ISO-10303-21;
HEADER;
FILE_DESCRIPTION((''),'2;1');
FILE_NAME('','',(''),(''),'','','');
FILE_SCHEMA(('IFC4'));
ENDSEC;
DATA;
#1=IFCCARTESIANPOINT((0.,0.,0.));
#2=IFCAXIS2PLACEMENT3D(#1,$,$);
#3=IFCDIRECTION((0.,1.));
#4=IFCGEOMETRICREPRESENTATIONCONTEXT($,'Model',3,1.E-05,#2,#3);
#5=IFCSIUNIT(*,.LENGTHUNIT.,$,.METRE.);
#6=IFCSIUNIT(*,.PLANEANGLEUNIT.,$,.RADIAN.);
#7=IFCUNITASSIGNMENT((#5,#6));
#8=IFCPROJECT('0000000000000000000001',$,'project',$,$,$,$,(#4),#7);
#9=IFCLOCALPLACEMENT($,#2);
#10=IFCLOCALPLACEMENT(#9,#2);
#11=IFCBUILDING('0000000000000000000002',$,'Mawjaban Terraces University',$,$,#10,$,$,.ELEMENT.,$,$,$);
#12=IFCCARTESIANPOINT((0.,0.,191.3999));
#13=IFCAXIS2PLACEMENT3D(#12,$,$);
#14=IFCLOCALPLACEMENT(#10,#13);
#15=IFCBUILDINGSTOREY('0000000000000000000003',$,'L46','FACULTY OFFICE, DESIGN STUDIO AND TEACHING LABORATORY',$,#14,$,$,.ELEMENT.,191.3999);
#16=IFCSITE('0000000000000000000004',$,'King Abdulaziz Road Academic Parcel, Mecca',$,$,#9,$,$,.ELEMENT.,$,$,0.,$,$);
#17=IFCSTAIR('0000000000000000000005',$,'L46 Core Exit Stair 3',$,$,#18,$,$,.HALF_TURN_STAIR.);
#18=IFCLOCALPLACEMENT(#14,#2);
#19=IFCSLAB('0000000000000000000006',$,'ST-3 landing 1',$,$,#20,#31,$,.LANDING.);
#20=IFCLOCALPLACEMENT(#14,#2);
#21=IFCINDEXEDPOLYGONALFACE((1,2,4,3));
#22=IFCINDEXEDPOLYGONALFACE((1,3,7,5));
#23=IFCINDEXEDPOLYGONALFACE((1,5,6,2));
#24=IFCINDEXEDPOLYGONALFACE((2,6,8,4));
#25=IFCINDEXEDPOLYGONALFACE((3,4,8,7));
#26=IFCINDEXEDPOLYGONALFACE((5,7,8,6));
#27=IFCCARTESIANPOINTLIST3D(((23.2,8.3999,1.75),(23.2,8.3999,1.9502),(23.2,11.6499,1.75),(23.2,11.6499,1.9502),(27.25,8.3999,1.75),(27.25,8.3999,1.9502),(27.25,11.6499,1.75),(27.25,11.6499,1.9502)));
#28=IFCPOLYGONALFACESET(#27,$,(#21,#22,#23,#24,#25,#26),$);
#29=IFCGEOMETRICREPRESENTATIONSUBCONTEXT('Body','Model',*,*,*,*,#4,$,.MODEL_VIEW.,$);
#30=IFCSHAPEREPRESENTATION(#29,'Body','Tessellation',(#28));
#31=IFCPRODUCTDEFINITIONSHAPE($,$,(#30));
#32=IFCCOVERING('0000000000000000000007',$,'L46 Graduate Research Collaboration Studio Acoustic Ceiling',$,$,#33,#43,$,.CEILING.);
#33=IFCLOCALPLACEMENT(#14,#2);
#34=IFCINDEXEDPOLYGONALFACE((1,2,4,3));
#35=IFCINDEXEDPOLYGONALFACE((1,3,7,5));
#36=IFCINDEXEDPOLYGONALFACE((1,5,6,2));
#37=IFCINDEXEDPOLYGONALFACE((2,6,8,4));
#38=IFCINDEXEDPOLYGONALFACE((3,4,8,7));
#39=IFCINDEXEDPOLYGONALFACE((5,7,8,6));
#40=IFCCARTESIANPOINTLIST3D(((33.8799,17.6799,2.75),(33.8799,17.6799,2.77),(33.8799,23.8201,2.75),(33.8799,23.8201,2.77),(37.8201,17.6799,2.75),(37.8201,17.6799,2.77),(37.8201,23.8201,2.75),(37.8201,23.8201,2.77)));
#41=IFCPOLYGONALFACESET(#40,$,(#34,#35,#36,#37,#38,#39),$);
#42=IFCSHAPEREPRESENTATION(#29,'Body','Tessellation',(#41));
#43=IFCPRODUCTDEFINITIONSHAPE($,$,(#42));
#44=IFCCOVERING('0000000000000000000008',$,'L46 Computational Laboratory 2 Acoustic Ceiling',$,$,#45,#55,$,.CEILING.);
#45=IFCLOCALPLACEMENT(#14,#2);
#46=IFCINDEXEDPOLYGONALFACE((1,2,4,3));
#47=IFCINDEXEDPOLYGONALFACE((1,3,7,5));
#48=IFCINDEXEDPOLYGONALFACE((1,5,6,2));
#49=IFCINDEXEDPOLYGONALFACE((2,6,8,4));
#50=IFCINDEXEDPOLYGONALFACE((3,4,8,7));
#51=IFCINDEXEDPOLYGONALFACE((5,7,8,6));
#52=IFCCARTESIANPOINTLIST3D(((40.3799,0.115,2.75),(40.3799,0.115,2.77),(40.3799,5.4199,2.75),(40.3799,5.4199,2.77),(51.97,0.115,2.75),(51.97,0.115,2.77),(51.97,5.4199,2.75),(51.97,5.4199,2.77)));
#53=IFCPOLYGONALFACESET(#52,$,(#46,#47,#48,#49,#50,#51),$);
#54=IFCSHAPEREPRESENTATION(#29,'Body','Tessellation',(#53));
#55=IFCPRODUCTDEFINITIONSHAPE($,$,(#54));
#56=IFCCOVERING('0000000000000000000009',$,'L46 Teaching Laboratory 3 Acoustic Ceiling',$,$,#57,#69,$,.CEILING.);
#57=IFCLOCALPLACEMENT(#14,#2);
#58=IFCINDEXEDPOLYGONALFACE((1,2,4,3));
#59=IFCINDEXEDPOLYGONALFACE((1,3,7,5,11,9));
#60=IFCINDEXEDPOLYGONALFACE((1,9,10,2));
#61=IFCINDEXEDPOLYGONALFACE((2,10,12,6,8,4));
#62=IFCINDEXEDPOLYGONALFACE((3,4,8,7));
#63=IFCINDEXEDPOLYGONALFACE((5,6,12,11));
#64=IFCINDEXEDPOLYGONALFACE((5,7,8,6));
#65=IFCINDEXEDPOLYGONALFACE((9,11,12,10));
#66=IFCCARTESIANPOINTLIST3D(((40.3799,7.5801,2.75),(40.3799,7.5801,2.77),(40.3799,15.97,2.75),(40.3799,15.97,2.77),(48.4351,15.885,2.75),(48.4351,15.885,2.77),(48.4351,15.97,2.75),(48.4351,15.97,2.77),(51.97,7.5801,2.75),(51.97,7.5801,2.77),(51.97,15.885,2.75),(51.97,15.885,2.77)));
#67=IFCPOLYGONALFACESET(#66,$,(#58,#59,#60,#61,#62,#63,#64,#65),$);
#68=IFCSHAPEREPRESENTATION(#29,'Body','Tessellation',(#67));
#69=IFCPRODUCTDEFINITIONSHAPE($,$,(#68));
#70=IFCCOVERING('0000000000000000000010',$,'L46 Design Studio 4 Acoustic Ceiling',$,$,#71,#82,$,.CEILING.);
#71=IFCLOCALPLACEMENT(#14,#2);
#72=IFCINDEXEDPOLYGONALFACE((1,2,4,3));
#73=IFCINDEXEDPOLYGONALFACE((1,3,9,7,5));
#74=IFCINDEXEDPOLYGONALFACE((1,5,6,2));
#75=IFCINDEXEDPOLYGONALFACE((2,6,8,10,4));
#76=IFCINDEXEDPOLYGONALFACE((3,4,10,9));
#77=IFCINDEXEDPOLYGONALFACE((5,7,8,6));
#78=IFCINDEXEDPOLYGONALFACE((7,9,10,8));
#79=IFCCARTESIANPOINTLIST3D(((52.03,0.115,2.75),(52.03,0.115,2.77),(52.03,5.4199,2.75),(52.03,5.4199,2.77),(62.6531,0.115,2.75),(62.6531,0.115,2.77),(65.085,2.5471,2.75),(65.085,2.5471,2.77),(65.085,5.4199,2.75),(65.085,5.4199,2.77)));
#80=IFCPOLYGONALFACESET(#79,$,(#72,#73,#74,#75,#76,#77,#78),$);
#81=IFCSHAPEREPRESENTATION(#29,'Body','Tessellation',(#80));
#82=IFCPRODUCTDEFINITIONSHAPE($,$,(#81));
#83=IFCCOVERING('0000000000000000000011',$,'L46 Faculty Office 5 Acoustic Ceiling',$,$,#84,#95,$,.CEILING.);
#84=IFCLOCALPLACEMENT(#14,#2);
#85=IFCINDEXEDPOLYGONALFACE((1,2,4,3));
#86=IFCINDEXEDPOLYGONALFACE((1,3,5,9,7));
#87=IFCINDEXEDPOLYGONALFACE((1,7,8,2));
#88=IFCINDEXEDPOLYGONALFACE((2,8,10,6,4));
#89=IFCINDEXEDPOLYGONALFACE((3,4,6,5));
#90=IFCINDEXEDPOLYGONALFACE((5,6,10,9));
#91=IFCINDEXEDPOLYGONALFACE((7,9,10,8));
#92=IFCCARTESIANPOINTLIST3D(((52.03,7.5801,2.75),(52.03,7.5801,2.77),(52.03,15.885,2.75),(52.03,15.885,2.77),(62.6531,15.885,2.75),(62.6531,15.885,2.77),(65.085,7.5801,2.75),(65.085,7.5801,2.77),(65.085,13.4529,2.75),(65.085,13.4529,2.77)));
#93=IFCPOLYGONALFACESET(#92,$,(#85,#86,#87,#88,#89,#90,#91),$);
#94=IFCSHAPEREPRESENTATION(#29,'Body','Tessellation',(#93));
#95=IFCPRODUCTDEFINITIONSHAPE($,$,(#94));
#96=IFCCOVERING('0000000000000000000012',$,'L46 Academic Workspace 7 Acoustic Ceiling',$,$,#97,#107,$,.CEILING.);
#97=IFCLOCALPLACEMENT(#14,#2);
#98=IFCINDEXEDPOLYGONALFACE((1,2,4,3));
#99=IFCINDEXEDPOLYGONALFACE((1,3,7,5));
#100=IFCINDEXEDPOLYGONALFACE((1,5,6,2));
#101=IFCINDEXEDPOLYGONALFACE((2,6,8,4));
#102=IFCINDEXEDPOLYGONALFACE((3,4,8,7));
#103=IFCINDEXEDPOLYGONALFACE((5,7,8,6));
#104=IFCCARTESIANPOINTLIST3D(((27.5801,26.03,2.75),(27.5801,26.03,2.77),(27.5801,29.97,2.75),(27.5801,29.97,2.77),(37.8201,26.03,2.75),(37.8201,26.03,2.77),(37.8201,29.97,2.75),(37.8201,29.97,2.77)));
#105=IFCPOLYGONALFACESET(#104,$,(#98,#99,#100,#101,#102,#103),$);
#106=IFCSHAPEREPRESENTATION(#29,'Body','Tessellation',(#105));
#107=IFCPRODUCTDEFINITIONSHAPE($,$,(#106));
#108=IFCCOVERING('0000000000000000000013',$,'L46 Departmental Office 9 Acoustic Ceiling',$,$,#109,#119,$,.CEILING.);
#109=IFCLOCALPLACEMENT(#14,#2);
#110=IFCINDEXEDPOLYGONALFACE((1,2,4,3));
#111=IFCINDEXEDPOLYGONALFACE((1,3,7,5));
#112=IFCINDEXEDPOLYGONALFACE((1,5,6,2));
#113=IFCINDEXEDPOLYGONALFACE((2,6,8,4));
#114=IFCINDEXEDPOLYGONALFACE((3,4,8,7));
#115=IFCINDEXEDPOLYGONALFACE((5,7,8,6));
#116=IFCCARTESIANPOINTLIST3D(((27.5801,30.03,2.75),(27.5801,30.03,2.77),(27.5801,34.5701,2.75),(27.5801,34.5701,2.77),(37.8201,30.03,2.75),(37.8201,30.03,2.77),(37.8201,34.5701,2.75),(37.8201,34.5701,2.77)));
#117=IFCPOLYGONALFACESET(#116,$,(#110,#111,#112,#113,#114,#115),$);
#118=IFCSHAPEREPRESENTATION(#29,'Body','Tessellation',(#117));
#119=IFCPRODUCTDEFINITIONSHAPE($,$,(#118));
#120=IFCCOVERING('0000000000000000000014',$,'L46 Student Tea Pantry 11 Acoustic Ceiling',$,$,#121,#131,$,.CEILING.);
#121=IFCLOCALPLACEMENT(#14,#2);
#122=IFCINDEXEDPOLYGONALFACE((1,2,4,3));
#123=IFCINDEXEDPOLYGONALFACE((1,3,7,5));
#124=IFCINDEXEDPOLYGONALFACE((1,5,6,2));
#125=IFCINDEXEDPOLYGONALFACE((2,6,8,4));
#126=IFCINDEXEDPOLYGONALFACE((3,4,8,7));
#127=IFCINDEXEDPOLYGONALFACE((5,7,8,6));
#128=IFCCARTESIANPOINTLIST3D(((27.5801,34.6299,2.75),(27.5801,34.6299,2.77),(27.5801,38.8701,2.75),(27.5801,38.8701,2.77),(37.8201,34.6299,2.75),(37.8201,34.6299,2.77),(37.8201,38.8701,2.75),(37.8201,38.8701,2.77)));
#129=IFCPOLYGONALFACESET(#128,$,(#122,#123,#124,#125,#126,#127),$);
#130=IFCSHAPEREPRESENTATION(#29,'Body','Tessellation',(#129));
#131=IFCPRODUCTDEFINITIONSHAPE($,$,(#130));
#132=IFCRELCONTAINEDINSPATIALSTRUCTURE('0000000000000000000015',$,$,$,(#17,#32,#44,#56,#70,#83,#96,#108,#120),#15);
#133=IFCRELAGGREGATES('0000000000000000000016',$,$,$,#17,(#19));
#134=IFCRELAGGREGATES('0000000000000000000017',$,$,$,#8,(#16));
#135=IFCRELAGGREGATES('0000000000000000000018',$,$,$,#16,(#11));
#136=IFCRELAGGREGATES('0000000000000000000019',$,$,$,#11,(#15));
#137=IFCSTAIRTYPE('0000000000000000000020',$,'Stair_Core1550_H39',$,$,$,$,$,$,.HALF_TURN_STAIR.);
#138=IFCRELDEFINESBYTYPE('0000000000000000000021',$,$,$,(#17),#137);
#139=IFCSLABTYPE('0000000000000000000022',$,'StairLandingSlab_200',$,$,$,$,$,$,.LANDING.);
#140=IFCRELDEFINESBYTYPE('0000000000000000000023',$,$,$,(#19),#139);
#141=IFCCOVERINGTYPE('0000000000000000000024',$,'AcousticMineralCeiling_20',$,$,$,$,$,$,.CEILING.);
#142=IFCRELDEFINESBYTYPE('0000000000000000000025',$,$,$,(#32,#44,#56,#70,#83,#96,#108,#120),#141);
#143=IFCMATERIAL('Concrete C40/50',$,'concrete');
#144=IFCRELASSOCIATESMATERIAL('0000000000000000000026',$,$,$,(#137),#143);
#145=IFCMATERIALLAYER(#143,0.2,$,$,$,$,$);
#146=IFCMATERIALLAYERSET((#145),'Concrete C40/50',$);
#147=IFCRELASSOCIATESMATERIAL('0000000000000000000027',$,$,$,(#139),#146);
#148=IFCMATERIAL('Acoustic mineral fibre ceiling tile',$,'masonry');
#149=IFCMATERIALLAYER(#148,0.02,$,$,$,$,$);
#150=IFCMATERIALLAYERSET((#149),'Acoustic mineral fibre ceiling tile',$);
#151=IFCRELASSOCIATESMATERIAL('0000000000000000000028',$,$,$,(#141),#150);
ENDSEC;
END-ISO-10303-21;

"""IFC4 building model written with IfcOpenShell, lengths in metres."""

from ifc_helpers import new_model, si_unit, direction, frame, origin, place, context, subcontext, project, spatial, polyline, outline, extrude, material, layer, layer_set, type_object, element, aggregate, save


model = new_model("IFC4")

# Units and contexts
model_context = context("Model", 3, precision=1e-05, world=origin(), true_north=direction((0.0, 1.0)))
body_context = subcontext(model_context, "Body", "Model", "MODEL_VIEW")
ifc_project = project(units=[si_unit("LENGTHUNIT", "METRE"), si_unit("PLANEANGLEUNIT", "RADIAN")], contexts=[model_context])

# Site, building, storey
site_placement = place(None, origin())
site = spatial("IfcSite", under=ifc_project, at=site_placement, Name="King Abdulaziz Road Academic Parcel, Mecca", CompositionType="ELEMENT", RefElevation=0.0)
building_placement = place(site_placement, origin())
building = spatial("IfcBuilding", under=site, at=building_placement, Name="Mawjaban Terraces University", CompositionType="ELEMENT")
storey_placement = place(building_placement, frame((0.0, 0.0, 191.3999)))
storey = spatial("IfcBuildingStorey", under=building, at=storey_placement, Name="L46", Description="FACULTY OFFICE, DESIGN STUDIO AND TEACHING LABORATORY", CompositionType="ELEMENT", Elevation=191.3999)

# Shared definitions
ifc_material_1 = material(Name="Concrete C40/50", Category="concrete")

# Stair, slab
stair_type = type_object("IfcStairType", Name="Stair_Core1550_H39", PredefinedType="HALF_TURN_STAIR", material=ifc_material_1)
ifc_layer_1 = layer(ifc_material_1, 0.2)
ifc_layer_set_1 = layer_set([ifc_layer_1], Name="Concrete C40/50")
slab_type_1 = type_object("IfcSlabType", Name="StairLandingSlab_200", PredefinedType="LANDING", material=ifc_layer_set_1)
stair_1_placement = place(storey_placement, origin())
stair_1 = element("IfcStair", 1, at=stair_1_placement, inside=storey, type_object=stair_type, Name="L46 Core Exit Stair 3", PredefinedType="HALF_TURN_STAIR")
slab_1_placement = place(storey_placement, frame((0.0, 0.0, 1.75)))
slab_1 = element("IfcSlab", 2, at=slab_1_placement, type_object=slab_type_1, Name="ST-3 landing 1", PredefinedType="LANDING", context=body_context, shape_type="SweptSolid", body=[
    extrude(outline(polyline([(27.25, 11.6499), (23.2, 11.6499), (23.2, 8.3999), (27.25, 8.3999), (27.25, 11.6499)])), origin(), (0.0, 0.0, 1.0), 0.2002),
])
aggregate(stair_1, [slab_1])

# Coverings
ifc_material_2 = material(Name="Acoustic mineral fibre ceiling tile", Category="masonry")
ifc_layer_2 = layer(ifc_material_2, 0.02)
ifc_layer_set_2 = layer_set([ifc_layer_2], Name="Acoustic mineral fibre ceiling tile")
covering_type = type_object("IfcCoveringType", Name="AcousticMineralCeiling_20", PredefinedType="CEILING", material=ifc_layer_set_2)
covering_1_placement = place(storey_placement, frame((0.0, 0.0, 2.75)))
element("IfcCovering", 3, at=covering_1_placement, inside=storey, type_object=covering_type, Name="L46 Graduate Research Collaboration Studio Acoustic Ceiling", PredefinedType="CEILING", context=body_context, shape_type="SweptSolid", body=[
    extrude(outline(polyline([(37.8201, 17.6799), (37.8201, 23.8201), (33.8799, 23.8201), (33.8799, 17.6799), (37.8201, 17.6799)])), origin(), (0.0, 0.0, 1.0), 0.02),
])
covering_2_placement = place(storey_placement, frame((0.0, 0.0, 2.75)))
element("IfcCovering", 4, at=covering_2_placement, inside=storey, type_object=covering_type, Name="L46 Computational Laboratory 2 Acoustic Ceiling", PredefinedType="CEILING", context=body_context, shape_type="SweptSolid", body=[
    extrude(outline(polyline([(40.3799, 0.115), (51.97, 0.115), (51.97, 5.4199), (40.3799, 5.4199), (40.3799, 0.115)])), origin(), (0.0, 0.0, 1.0), 0.02),
])
covering_3_placement = place(storey_placement, frame((0.0, 0.0, 2.75)))
element("IfcCovering", 5, at=covering_3_placement, inside=storey, type_object=covering_type, Name="L46 Teaching Laboratory 3 Acoustic Ceiling", PredefinedType="CEILING", context=body_context, shape_type="SweptSolid", body=[
    extrude(outline(polyline([(51.97, 15.885), (48.4351, 15.885), (48.4351, 15.97), (40.3799, 15.97), (40.3799, 7.5801), (51.97, 7.5801), (51.97, 15.885)])), origin(), (0.0, 0.0, 1.0), 0.02),
])
covering_4_placement = place(storey_placement, frame((0.0, 0.0, 2.75)))
element("IfcCovering", 6, at=covering_4_placement, inside=storey, type_object=covering_type, Name="L46 Design Studio 4 Acoustic Ceiling", PredefinedType="CEILING", context=body_context, shape_type="SweptSolid", body=[
    extrude(outline(polyline([(52.03, 0.115), (62.6531, 0.115), (65.085, 2.5471), (65.085, 5.4199), (52.03, 5.4199), (52.03, 0.115)])), origin(), (0.0, 0.0, 1.0), 0.02),
])
covering_5_placement = place(storey_placement, frame((0.0, 0.0, 2.75)))
element("IfcCovering", 7, at=covering_5_placement, inside=storey, type_object=covering_type, Name="L46 Faculty Office 5 Acoustic Ceiling", PredefinedType="CEILING", context=body_context, shape_type="SweptSolid", body=[
    extrude(outline(polyline([(65.085, 7.5801), (65.085, 13.4529), (62.6531, 15.885), (52.03, 15.885), (52.03, 7.5801), (65.085, 7.5801)])), origin(), (0.0, 0.0, 1.0), 0.02),
])
covering_6_placement = place(storey_placement, frame((0.0, 0.0, 2.75)))
element("IfcCovering", 8, at=covering_6_placement, inside=storey, type_object=covering_type, Name="L46 Academic Workspace 7 Acoustic Ceiling", PredefinedType="CEILING", context=body_context, shape_type="SweptSolid", body=[
    extrude(outline(polyline([(37.8201, 26.03), (37.8201, 29.97), (27.5801, 29.97), (27.5801, 26.03), (37.8201, 26.03)])), origin(), (0.0, 0.0, 1.0), 0.02),
])
covering_7_placement = place(storey_placement, frame((0.0, 0.0, 2.75)))
element("IfcCovering", 9, at=covering_7_placement, inside=storey, type_object=covering_type, Name="L46 Departmental Office 9 Acoustic Ceiling", PredefinedType="CEILING", context=body_context, shape_type="SweptSolid", body=[
    extrude(outline(polyline([(37.8201, 30.03), (37.8201, 34.5701), (27.5801, 34.5701), (27.5801, 30.03), (37.8201, 30.03)])), origin(), (0.0, 0.0, 1.0), 0.02),
])
covering_8_placement = place(storey_placement, frame((0.0, 0.0, 2.75)))
element("IfcCovering", 10, at=covering_8_placement, inside=storey, type_object=covering_type, Name="L46 Student Tea Pantry 11 Acoustic Ceiling", PredefinedType="CEILING", context=body_context, shape_type="SweptSolid", body=[
    extrude(outline(polyline([(37.8201, 34.6299), (37.8201, 38.8701), (27.5801, 38.8701), (27.5801, 34.6299), (37.8201, 34.6299)])), origin(), (0.0, 0.0, 1.0), 0.02),
])

save(model, "model.ifc")
